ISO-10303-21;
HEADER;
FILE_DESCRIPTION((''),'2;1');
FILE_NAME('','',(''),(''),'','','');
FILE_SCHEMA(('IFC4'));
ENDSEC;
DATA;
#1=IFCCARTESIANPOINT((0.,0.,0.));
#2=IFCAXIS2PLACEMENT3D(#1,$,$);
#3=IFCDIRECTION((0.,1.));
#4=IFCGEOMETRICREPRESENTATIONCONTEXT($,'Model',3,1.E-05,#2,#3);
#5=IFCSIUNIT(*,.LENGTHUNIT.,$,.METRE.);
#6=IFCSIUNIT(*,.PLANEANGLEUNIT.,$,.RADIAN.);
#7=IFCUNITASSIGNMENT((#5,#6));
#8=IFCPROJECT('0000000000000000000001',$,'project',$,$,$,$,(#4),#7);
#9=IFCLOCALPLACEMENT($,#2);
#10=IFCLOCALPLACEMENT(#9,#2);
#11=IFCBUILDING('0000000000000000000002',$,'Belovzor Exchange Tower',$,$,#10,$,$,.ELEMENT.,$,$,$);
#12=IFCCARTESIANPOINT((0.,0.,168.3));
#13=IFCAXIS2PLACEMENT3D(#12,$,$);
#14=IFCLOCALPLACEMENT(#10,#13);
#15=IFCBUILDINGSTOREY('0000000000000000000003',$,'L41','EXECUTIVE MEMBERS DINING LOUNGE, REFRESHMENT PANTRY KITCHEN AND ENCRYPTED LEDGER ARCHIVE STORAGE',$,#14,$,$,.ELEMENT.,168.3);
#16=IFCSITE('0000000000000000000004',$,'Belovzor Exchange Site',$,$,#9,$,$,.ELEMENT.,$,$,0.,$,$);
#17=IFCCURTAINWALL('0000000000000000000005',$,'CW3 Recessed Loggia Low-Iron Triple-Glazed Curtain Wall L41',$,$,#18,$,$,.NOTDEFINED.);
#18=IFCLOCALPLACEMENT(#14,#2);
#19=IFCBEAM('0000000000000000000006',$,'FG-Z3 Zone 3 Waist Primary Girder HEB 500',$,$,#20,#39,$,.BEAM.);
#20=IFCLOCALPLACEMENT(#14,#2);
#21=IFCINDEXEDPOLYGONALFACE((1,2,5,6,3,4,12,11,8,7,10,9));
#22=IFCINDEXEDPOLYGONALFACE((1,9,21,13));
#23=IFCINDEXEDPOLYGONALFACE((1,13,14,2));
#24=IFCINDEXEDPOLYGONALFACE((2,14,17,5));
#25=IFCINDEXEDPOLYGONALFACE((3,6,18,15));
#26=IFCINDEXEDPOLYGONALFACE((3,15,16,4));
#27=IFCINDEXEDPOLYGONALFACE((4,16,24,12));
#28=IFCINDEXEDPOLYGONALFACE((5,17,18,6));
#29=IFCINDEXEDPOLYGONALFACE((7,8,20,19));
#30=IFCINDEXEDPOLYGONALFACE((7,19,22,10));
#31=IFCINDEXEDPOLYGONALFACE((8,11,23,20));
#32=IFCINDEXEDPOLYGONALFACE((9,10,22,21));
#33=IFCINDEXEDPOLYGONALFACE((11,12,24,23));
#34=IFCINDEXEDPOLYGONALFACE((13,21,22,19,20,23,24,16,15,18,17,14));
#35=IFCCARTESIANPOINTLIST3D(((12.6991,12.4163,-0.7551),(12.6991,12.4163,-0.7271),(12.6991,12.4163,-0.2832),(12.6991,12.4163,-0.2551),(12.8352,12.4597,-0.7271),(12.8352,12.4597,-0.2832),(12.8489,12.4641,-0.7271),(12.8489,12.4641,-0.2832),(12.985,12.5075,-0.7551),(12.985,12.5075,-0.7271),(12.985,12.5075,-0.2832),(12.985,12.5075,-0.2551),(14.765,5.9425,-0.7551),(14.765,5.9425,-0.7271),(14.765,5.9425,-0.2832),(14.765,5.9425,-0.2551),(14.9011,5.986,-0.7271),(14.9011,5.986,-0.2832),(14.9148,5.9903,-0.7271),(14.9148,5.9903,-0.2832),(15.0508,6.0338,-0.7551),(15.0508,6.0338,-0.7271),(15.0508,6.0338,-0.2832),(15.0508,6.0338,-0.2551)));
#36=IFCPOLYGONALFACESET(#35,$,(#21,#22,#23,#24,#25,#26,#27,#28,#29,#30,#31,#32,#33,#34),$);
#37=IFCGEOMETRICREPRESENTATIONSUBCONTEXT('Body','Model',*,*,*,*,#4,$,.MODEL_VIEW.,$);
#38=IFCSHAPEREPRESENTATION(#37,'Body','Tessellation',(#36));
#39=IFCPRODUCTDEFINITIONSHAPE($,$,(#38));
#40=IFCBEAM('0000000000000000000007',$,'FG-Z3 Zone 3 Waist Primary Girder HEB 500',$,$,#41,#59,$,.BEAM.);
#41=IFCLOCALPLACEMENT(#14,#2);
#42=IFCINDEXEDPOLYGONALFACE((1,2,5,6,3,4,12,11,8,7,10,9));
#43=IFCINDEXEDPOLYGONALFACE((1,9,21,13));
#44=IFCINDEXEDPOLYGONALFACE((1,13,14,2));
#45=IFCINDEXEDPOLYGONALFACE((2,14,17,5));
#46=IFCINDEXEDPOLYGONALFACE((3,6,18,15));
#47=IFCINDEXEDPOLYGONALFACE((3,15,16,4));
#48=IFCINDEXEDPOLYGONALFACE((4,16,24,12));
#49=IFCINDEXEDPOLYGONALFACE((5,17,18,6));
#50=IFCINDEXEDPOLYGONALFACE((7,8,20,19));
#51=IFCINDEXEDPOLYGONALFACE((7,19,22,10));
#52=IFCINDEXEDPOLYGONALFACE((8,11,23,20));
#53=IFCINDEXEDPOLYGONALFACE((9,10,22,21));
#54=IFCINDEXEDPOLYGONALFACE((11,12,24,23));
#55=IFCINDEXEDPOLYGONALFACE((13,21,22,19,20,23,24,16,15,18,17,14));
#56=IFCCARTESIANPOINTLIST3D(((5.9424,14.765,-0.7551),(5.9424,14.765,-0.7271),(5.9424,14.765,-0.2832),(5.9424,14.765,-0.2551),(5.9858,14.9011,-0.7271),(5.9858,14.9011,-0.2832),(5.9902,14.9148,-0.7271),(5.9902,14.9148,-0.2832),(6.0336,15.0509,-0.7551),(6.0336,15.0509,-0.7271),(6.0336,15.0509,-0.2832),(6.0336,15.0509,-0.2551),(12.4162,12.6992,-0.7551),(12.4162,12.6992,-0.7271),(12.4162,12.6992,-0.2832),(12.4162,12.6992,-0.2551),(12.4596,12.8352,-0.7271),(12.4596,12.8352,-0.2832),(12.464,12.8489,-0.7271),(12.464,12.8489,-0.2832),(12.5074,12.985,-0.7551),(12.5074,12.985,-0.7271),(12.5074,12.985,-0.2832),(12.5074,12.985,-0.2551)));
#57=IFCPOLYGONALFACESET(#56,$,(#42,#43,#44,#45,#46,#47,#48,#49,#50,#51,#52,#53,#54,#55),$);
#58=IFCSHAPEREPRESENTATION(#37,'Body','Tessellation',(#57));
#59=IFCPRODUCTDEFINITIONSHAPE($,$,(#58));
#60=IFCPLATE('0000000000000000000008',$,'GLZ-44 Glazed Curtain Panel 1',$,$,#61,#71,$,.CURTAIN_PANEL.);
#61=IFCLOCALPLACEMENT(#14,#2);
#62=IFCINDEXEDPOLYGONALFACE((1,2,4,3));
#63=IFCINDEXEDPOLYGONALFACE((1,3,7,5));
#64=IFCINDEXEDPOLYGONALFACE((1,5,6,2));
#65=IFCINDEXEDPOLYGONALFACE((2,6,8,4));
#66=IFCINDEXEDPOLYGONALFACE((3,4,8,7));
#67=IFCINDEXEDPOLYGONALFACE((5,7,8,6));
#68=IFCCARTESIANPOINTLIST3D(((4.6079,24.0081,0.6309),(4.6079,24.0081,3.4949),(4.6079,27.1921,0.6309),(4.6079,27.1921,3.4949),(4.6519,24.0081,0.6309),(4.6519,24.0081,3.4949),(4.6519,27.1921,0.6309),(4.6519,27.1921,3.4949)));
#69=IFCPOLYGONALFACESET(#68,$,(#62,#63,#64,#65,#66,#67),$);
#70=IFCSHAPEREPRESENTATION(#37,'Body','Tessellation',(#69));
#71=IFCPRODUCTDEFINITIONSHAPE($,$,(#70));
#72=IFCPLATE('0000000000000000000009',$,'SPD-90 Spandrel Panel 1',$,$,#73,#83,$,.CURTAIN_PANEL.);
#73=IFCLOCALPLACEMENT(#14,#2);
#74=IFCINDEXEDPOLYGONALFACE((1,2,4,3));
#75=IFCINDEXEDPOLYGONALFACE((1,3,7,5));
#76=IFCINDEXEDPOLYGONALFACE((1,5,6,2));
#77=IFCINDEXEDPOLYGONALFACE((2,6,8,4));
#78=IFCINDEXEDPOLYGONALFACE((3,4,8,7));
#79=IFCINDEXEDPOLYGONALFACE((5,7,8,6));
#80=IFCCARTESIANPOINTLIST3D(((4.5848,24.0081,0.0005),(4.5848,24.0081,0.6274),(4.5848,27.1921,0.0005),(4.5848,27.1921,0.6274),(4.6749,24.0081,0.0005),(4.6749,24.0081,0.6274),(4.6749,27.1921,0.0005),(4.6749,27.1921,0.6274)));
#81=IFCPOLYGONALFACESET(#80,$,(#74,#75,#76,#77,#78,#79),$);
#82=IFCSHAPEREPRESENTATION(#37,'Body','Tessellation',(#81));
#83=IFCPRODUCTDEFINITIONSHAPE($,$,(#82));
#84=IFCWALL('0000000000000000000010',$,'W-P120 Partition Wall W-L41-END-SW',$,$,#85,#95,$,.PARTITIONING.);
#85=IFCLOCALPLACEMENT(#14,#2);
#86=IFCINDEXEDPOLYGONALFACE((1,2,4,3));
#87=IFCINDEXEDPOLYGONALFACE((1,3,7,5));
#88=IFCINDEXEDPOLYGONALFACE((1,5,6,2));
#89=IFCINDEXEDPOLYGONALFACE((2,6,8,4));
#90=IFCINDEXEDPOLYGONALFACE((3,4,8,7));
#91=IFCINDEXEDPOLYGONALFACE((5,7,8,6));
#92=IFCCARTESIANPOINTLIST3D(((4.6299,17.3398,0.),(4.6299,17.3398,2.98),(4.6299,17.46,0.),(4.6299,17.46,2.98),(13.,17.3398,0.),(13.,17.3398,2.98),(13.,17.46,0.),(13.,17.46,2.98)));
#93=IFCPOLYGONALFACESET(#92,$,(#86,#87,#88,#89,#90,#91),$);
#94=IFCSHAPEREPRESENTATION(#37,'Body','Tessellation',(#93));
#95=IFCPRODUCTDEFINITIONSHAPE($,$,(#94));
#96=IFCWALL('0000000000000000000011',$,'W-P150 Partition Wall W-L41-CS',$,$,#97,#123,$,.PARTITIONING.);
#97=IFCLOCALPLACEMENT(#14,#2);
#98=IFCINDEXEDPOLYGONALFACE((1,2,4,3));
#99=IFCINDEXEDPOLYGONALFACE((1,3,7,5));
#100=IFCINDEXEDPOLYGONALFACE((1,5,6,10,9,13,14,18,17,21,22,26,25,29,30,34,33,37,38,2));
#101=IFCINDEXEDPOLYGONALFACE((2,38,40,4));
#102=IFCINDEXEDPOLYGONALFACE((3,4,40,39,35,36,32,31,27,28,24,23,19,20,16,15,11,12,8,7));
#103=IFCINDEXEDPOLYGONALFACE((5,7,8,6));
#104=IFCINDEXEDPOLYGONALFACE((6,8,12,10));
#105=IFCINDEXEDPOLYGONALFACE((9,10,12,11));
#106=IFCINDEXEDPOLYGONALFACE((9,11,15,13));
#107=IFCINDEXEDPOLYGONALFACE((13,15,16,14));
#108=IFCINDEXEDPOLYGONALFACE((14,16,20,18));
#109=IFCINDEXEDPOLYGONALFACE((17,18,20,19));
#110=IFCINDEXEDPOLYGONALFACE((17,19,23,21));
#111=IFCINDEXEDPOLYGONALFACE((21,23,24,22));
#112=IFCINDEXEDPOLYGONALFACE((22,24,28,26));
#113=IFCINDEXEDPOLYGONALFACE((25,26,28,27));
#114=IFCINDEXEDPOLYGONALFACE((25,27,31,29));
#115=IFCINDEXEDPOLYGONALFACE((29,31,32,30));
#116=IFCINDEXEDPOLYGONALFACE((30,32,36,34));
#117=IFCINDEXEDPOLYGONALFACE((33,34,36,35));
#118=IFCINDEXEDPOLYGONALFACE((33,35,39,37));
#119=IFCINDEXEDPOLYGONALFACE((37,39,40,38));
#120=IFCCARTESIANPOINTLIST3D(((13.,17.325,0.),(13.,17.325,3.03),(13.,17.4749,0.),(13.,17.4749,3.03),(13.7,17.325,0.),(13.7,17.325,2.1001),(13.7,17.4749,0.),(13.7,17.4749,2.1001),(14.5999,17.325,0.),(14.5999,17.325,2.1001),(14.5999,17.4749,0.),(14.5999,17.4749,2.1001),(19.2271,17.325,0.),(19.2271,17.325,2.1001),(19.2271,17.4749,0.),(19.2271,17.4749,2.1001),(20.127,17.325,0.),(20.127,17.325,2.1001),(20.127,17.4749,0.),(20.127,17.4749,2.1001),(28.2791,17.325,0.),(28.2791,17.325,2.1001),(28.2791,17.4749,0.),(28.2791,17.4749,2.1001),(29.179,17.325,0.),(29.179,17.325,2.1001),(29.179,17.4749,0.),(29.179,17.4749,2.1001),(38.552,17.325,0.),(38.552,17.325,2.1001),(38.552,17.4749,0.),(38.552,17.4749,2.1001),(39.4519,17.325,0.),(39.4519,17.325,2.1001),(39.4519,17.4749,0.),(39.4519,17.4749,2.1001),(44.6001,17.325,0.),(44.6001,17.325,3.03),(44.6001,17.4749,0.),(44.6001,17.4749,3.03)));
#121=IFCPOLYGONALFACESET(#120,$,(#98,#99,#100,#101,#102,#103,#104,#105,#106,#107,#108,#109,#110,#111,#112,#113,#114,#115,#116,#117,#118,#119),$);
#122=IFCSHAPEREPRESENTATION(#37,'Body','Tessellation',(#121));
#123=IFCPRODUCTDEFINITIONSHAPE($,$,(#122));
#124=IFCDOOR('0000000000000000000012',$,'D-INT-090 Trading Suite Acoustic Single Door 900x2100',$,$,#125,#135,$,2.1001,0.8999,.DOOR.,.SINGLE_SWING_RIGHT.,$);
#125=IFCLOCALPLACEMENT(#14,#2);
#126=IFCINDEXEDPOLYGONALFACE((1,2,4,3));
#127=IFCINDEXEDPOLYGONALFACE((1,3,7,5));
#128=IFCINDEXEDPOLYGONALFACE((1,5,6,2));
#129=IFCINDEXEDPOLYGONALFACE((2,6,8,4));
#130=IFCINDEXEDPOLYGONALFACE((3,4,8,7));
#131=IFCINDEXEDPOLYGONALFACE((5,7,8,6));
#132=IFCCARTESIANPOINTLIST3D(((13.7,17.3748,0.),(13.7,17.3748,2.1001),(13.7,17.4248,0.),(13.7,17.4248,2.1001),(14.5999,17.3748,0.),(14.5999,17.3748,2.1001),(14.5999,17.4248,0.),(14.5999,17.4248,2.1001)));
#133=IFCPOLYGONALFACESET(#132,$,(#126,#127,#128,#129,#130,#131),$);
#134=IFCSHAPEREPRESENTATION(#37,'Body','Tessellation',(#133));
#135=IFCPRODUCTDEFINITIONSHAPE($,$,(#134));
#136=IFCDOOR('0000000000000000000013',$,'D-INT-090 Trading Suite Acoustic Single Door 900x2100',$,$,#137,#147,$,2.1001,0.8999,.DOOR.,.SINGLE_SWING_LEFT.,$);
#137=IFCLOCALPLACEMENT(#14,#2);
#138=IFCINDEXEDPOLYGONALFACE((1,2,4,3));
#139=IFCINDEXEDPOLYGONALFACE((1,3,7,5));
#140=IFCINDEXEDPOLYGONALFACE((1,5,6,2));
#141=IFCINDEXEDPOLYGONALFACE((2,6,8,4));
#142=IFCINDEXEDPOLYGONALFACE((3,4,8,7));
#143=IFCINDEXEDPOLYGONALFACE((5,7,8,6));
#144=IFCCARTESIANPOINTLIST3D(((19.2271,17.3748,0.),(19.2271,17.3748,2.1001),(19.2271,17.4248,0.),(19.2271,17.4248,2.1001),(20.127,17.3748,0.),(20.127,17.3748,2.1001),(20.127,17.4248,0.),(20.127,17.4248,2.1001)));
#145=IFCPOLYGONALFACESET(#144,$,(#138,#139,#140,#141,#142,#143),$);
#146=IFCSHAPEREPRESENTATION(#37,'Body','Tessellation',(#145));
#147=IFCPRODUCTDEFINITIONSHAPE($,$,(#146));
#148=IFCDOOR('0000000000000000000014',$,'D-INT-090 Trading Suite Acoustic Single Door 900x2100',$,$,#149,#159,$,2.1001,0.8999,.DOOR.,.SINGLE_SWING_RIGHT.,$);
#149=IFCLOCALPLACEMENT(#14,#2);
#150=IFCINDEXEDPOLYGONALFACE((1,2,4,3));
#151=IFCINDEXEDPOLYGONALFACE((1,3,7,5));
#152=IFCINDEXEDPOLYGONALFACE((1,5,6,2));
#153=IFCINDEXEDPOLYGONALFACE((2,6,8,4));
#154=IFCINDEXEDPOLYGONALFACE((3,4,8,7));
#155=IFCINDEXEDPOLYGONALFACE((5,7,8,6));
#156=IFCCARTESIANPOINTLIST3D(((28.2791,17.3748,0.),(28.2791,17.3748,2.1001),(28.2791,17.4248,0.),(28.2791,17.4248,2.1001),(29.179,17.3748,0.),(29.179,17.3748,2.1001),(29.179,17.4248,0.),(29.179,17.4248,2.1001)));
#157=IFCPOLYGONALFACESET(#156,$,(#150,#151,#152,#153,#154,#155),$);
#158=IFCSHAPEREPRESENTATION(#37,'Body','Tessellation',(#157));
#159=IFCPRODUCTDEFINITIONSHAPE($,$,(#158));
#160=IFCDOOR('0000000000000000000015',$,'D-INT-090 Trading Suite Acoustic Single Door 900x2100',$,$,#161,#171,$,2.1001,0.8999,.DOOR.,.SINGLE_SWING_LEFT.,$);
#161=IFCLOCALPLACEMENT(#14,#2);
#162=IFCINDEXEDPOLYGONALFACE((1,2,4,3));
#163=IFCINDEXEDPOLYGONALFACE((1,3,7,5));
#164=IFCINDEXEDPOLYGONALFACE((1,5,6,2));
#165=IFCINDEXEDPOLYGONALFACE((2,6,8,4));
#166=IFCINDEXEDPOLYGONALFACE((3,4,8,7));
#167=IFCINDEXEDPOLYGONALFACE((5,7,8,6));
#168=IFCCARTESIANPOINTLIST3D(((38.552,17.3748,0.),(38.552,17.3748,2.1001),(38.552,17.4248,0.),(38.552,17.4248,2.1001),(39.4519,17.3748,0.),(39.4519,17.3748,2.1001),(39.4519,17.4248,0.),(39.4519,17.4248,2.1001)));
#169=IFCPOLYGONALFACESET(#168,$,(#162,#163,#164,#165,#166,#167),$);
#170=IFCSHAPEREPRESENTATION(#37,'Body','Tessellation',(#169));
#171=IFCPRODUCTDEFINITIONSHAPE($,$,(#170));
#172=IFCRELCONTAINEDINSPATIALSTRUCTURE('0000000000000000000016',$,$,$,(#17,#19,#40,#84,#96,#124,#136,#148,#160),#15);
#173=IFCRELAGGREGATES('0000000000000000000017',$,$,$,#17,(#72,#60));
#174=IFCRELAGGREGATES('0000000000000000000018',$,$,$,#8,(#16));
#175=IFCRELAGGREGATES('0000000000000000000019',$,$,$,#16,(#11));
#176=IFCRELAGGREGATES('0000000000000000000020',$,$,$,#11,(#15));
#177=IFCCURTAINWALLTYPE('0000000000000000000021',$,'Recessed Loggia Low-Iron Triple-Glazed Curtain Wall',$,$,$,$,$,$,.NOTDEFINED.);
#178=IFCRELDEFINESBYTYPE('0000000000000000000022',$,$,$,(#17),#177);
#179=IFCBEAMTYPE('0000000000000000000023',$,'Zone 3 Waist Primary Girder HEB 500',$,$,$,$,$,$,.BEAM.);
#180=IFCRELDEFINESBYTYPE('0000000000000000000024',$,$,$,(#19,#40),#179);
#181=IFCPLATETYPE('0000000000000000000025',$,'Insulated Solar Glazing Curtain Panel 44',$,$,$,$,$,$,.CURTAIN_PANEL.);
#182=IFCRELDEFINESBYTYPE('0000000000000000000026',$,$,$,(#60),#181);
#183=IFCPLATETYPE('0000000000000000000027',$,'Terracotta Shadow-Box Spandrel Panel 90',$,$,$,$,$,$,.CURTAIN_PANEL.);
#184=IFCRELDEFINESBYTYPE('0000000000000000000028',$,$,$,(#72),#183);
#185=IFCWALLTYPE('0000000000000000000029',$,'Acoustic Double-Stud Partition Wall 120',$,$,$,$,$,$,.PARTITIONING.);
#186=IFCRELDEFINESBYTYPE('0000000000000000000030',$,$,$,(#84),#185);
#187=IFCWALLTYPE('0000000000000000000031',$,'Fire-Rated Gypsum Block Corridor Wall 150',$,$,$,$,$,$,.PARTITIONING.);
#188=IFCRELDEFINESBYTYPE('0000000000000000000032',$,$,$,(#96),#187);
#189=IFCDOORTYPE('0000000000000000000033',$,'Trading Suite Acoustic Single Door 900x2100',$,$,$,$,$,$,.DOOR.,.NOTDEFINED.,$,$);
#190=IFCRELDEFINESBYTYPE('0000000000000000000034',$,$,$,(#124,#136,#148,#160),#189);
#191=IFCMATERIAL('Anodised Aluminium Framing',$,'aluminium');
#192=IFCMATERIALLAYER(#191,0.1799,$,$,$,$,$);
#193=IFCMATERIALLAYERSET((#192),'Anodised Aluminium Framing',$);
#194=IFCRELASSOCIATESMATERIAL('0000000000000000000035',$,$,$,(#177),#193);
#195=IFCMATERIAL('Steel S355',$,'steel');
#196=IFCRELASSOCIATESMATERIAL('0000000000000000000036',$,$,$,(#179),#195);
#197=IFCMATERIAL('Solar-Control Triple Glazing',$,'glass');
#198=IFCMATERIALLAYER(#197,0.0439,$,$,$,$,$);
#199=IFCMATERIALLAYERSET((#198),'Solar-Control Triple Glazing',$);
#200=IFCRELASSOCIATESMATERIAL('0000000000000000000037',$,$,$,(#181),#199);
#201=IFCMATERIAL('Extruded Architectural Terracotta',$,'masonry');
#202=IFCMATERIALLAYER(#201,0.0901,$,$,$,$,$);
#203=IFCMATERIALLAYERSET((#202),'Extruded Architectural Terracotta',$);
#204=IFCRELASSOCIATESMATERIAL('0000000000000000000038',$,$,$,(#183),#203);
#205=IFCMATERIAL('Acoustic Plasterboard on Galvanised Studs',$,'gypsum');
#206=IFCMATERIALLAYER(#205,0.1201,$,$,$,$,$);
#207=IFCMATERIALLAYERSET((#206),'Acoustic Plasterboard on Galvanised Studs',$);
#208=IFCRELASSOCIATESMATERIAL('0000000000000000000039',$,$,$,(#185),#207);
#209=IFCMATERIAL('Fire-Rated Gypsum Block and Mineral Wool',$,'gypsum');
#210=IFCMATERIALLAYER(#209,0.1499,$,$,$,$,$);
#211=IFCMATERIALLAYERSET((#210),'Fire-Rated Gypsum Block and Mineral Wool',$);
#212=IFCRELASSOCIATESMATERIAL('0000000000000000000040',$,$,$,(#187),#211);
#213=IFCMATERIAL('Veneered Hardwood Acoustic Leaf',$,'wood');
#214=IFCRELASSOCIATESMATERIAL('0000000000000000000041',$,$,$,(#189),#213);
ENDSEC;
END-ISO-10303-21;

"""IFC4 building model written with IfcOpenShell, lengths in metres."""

from ifc_helpers import new_model, si_unit, direction, frame, frame_2d, origin, origin_2d, place, context, subcontext, project, spatial, rectangle, i_section, extrude, material, layer, layer_set, material_profile, profile_set, type_object, element, fill, aggregate, save


model = new_model("IFC4")

# Units and contexts
model_context = context("Model", 3, precision=1e-05, world=origin(), true_north=direction((0.0, 1.0)))
body_context = subcontext(model_context, "Body", "Model", "MODEL_VIEW")
ifc_project = project(units=[si_unit("LENGTHUNIT", "METRE"), si_unit("PLANEANGLEUNIT", "RADIAN")], contexts=[model_context])

# Site, building, storey
site_placement = place(None, origin())
site = spatial("IfcSite", under=ifc_project, at=site_placement, Name="Belovzor Exchange Site", CompositionType="ELEMENT", RefElevation=0.0)
building_placement = place(site_placement, origin())
building = spatial("IfcBuilding", under=site, at=building_placement, Name="Belovzor Exchange Tower", CompositionType="ELEMENT")
storey_placement = place(building_placement, frame((0.0, 0.0, 168.3)))
storey = spatial("IfcBuildingStorey", under=building, at=storey_placement, Name="L41", Description="EXECUTIVE MEMBERS DINING LOUNGE, REFRESHMENT PANTRY KITCHEN AND ENCRYPTED LEDGER ARCHIVE STORAGE", CompositionType="ELEMENT", Elevation=168.3)

# Curtain wall
ifc_material_1 = material(Name="Anodised Aluminium Framing", Category="aluminium")
ifc_layer_1 = layer(ifc_material_1, 0.1799)
ifc_layer_set_1 = layer_set([ifc_layer_1], Name="Anodised Aluminium Framing")
curtain_wall_type = type_object("IfcCurtainWallType", Name="Recessed Loggia Low-Iron Triple-Glazed Curtain Wall", PredefinedType="NOTDEFINED", material=ifc_layer_set_1)
curtain_wall_placement = place(storey_placement, origin())
curtain_wall = element("IfcCurtainWall", 1, at=curtain_wall_placement, inside=storey, type_object=curtain_wall_type, Name="CW3 Recessed Loggia Low-Iron Triple-Glazed Curtain Wall L41", PredefinedType="NOTDEFINED")

# Beams
ifc_material_2 = material(Name="Steel S355", Category="steel")
ifc_material_profile_1 = material_profile(ifc_material_2, i_section(OverallWidth=0.3, OverallDepth=0.5, WebThickness=0.0144, FlangeThickness=0.0281, at=origin_2d()))
ifc_profile_set_1 = profile_set([ifc_material_profile_1], Name="Steel S355")
beam_type_1 = type_object("IfcBeamType", Name="Zone 3 Waist Primary Girder HEB 500", PredefinedType="BEAM", material=ifc_profile_set_1)
for number, where, z_axis, x_axis, name in (
    (2, (12.842, 12.4619, -0.5051), (0.304012, -0.952668, 0.0), (0.952668, 0.304012, 0.0), "FG-Z3 Zone 3 Waist Primary Girder HEB 500"),
    (3, (5.988, 14.908, -0.5051), (0.952668, -0.304012, 0.0), (0.304012, 0.952668, 0.0), "FG-Z3 Zone 3 Waist Primary Girder HEB 500"),
):
    element("IfcBeam", number, at=place(storey_placement, frame(where, z_axis=z_axis, x_axis=x_axis)), inside=storey, type_object=beam_type_1, Name=name, PredefinedType="BEAM", context=body_context, shape_type="SweptSolid", body=[
        extrude(i_section(OverallWidth=0.3, OverallDepth=0.5, WebThickness=0.0144, FlangeThickness=0.0281, at=origin_2d()), origin(), (0.0, 0.0, 1.0), 6.7954),
    ])

# Plates
ifc_material_3 = material(Name="Solar-Control Triple Glazing", Category="glass")
ifc_layer_2 = layer(ifc_material_3, 0.0439)
ifc_layer_set_2 = layer_set([ifc_layer_2], Name="Solar-Control Triple Glazing")
plate_type_1 = type_object("IfcPlateType", Name="Insulated Solar Glazing Curtain Panel 44", PredefinedType="CURTAIN_PANEL", material=ifc_layer_set_2)
plate_1_placement = place(storey_placement, frame((4.6299, 25.6001, 0.6309), z_axis=(0.0, 0.0, 1.0), x_axis=(0.0, 1.0, 0.0)))
plate_1 = element("IfcPlate", 4, at=plate_1_placement, type_object=plate_type_1, Name="GLZ-44 Glazed Curtain Panel 1", PredefinedType="CURTAIN_PANEL", context=body_context, shape_type="SweptSolid", body=[
    extrude(rectangle(XDim=3.1841, YDim=0.0439, at=origin_2d()), origin(), (0.0, 0.0, 1.0), 2.864),
])
ifc_material_4 = material(Name="Extruded Architectural Terracotta", Category="masonry")
ifc_layer_3 = layer(ifc_material_4, 0.0901)
ifc_layer_set_3 = layer_set([ifc_layer_3], Name="Extruded Architectural Terracotta")
plate_type_2 = type_object("IfcPlateType", Name="Terracotta Shadow-Box Spandrel Panel 90", PredefinedType="CURTAIN_PANEL", material=ifc_layer_set_3)
plate_2_placement = place(storey_placement, frame((4.6299, 25.6001, 0.0005), z_axis=(0.0, 0.0, 1.0), x_axis=(0.0, 1.0, 0.0)))
plate_2 = element("IfcPlate", 5, at=plate_2_placement, type_object=plate_type_2, Name="SPD-90 Spandrel Panel 1", PredefinedType="CURTAIN_PANEL", context=body_context, shape_type="SweptSolid", body=[
    extrude(rectangle(XDim=3.1841, YDim=0.0901, at=origin_2d()), origin(), (0.0, 0.0, 1.0), 0.627),
])
aggregate(curtain_wall, [plate_2, plate_1])

# Wall
ifc_material_5 = material(Name="Acoustic Plasterboard on Galvanised Studs", Category="gypsum")
ifc_layer_4 = layer(ifc_material_5, 0.1201)
ifc_layer_set_4 = layer_set([ifc_layer_4], Name="Acoustic Plasterboard on Galvanised Studs")
wall_type_1 = type_object("IfcWallType", Name="Acoustic Double-Stud Partition Wall 120", PredefinedType="PARTITIONING", material=ifc_layer_set_4)
wall_1_placement = place(storey_placement, frame((4.6299, 17.3999, 0.0), z_axis=(0.0, 0.0, 1.0), x_axis=(1.0, 0.0, 0.0)))
element("IfcWall", 6, at=wall_1_placement, inside=storey, type_object=wall_type_1, Name="W-P120 Partition Wall W-L41-END-SW", PredefinedType="PARTITIONING", context=body_context, shape_type="SweptSolid", body=[
    extrude(rectangle(XDim=8.3701, YDim=0.1201, at=frame_2d((4.1851, 0.0))), origin(), (0.0, 0.0, 1.0), 2.98),
])

# Wall, openings, doors
ifc_material_6 = material(Name="Fire-Rated Gypsum Block and Mineral Wool", Category="gypsum")
ifc_layer_5 = layer(ifc_material_6, 0.1499)
ifc_layer_set_5 = layer_set([ifc_layer_5], Name="Fire-Rated Gypsum Block and Mineral Wool")
wall_type_2 = type_object("IfcWallType", Name="Fire-Rated Gypsum Block Corridor Wall 150", PredefinedType="PARTITIONING", material=ifc_layer_set_5)
wall_2_placement = place(storey_placement, frame((13.0, 17.3999, 0.0), z_axis=(0.0, 0.0, 1.0), x_axis=(1.0, 0.0, 0.0)))
wall_2 = element("IfcWall", 7, at=wall_2_placement, inside=storey, type_object=wall_type_2, Name="W-P150 Partition Wall W-L41-CS", PredefinedType="PARTITIONING", context=body_context, shape_type="SweptSolid", body=[
    extrude(rectangle(XDim=31.6001, YDim=0.1499, at=frame_2d((15.8, 0.0))), origin(), (0.0, 0.0, 1.0), 3.03),
])
opening_1_placement = place(wall_2_placement, frame((0.7, 0.0, 0.0)))
opening_1 = element("IfcOpeningElement", 8, at=opening_1_placement, cuts=wall_2, PredefinedType="OPENING", context=body_context, shape_type="SweptSolid", body=[
    extrude(rectangle(XDim=0.8999, YDim=2.1001, at=frame_2d((0.45, 1.05))), frame((0.0, 0.085, 0.0), z_axis=(0.0, -1.0, 0.0), x_axis=(1.0, 0.0, 0.0)), (0.0, 0.0, 1.0), 0.1699),
])
opening_2_placement = place(wall_2_placement, frame((6.2271, 0.0, 0.0)))
opening_2 = element("IfcOpeningElement", 9, at=opening_2_placement, cuts=wall_2, PredefinedType="OPENING", context=body_context, shape_type="SweptSolid", body=[
    extrude(rectangle(XDim=0.8999, YDim=2.1001, at=frame_2d((0.45, 1.05))), frame((0.0, 0.085, 0.0), z_axis=(0.0, -1.0, 0.0), x_axis=(1.0, 0.0, 0.0)), (0.0, 0.0, 1.0), 0.1699),
])
opening_3_placement = place(wall_2_placement, frame((15.2791, 0.0, 0.0)))
opening_3 = element("IfcOpeningElement", 10, at=opening_3_placement, cuts=wall_2, PredefinedType="OPENING", context=body_context, shape_type="SweptSolid", body=[
    extrude(rectangle(XDim=0.8999, YDim=2.1001, at=frame_2d((0.45, 1.05))), frame((0.0, 0.085, 0.0), z_axis=(0.0, -1.0, 0.0), x_axis=(1.0, 0.0, 0.0)), (0.0, 0.0, 1.0), 0.1699),
])
opening_4_placement = place(wall_2_placement, frame((25.552, 0.0, 0.0)))
opening_4 = element("IfcOpeningElement", 11, at=opening_4_placement, cuts=wall_2, PredefinedType="OPENING", context=body_context, shape_type="SweptSolid", body=[
    extrude(rectangle(XDim=0.8999, YDim=2.1001, at=frame_2d((0.45, 1.05))), frame((0.0, 0.085, 0.0), z_axis=(0.0, -1.0, 0.0), x_axis=(1.0, 0.0, 0.0)), (0.0, 0.0, 1.0), 0.1699),
])
ifc_material_7 = material(Name="Veneered Hardwood Acoustic Leaf", Category="wood")
door_type = type_object("IfcDoorType", Name="Trading Suite Acoustic Single Door 900x2100", OperationType="NOTDEFINED", PredefinedType="DOOR", material=ifc_material_7)
door_1_placement = place(opening_1_placement, origin())
door_1 = element("IfcDoor", 12, at=door_1_placement, inside=storey, type_object=door_type, Name="D-INT-090 Trading Suite Acoustic Single Door 900x2100", OperationType="SINGLE_SWING_RIGHT", OverallHeight=2.1001, OverallWidth=0.8999, PredefinedType="DOOR", context=body_context, shape_type="SweptSolid", body=[
    extrude(rectangle(XDim=0.8999, YDim=2.1001, at=frame_2d((0.45, 1.05))), frame((0.0, 0.0249, 0.0), z_axis=(0.0, -1.0, 0.0), x_axis=(1.0, 0.0, 0.0)), (0.0, 0.0, 1.0), 0.05),
])
fill(opening_1, door_1)
door_2_placement = place(opening_2_placement, origin())
door_2 = element("IfcDoor", 13, at=door_2_placement, inside=storey, type_object=door_type, Name="D-INT-090 Trading Suite Acoustic Single Door 900x2100", OperationType="SINGLE_SWING_LEFT", OverallHeight=2.1001, OverallWidth=0.8999, PredefinedType="DOOR", context=body_context, shape_type="SweptSolid", body=[
    extrude(rectangle(XDim=0.8999, YDim=2.1001, at=frame_2d((0.45, 1.05))), frame((0.0, 0.0249, 0.0), z_axis=(0.0, -1.0, 0.0), x_axis=(1.0, 0.0, 0.0)), (0.0, 0.0, 1.0), 0.05),
])
fill(opening_2, door_2)
door_3_placement = place(opening_3_placement, origin())
door_3 = element("IfcDoor", 14, at=door_3_placement, inside=storey, type_object=door_type, Name="D-INT-090 Trading Suite Acoustic Single Door 900x2100", OperationType="SINGLE_SWING_RIGHT", OverallHeight=2.1001, OverallWidth=0.8999, PredefinedType="DOOR", context=body_context, shape_type="SweptSolid", body=[
    extrude(rectangle(XDim=0.8999, YDim=2.1001, at=frame_2d((0.45, 1.05))), frame((0.0, 0.0249, 0.0), z_axis=(0.0, -1.0, 0.0), x_axis=(1.0, 0.0, 0.0)), (0.0, 0.0, 1.0), 0.05),
])
fill(opening_3, door_3)
door_4_placement = place(opening_4_placement, origin())
door_4 = element("IfcDoor", 15, at=door_4_placement, inside=storey, type_object=door_type, Name="D-INT-090 Trading Suite Acoustic Single Door 900x2100", OperationType="SINGLE_SWING_LEFT", OverallHeight=2.1001, OverallWidth=0.8999, PredefinedType="DOOR", context=body_context, shape_type="SweptSolid", body=[
    extrude(rectangle(XDim=0.8999, YDim=2.1001, at=frame_2d((0.45, 1.05))), frame((0.0, 0.0249, 0.0), z_axis=(0.0, -1.0, 0.0), x_axis=(1.0, 0.0, 0.0)), (0.0, 0.0, 1.0), 0.05),
])
fill(opening_4, door_4)

save(model, "model.ifc")
